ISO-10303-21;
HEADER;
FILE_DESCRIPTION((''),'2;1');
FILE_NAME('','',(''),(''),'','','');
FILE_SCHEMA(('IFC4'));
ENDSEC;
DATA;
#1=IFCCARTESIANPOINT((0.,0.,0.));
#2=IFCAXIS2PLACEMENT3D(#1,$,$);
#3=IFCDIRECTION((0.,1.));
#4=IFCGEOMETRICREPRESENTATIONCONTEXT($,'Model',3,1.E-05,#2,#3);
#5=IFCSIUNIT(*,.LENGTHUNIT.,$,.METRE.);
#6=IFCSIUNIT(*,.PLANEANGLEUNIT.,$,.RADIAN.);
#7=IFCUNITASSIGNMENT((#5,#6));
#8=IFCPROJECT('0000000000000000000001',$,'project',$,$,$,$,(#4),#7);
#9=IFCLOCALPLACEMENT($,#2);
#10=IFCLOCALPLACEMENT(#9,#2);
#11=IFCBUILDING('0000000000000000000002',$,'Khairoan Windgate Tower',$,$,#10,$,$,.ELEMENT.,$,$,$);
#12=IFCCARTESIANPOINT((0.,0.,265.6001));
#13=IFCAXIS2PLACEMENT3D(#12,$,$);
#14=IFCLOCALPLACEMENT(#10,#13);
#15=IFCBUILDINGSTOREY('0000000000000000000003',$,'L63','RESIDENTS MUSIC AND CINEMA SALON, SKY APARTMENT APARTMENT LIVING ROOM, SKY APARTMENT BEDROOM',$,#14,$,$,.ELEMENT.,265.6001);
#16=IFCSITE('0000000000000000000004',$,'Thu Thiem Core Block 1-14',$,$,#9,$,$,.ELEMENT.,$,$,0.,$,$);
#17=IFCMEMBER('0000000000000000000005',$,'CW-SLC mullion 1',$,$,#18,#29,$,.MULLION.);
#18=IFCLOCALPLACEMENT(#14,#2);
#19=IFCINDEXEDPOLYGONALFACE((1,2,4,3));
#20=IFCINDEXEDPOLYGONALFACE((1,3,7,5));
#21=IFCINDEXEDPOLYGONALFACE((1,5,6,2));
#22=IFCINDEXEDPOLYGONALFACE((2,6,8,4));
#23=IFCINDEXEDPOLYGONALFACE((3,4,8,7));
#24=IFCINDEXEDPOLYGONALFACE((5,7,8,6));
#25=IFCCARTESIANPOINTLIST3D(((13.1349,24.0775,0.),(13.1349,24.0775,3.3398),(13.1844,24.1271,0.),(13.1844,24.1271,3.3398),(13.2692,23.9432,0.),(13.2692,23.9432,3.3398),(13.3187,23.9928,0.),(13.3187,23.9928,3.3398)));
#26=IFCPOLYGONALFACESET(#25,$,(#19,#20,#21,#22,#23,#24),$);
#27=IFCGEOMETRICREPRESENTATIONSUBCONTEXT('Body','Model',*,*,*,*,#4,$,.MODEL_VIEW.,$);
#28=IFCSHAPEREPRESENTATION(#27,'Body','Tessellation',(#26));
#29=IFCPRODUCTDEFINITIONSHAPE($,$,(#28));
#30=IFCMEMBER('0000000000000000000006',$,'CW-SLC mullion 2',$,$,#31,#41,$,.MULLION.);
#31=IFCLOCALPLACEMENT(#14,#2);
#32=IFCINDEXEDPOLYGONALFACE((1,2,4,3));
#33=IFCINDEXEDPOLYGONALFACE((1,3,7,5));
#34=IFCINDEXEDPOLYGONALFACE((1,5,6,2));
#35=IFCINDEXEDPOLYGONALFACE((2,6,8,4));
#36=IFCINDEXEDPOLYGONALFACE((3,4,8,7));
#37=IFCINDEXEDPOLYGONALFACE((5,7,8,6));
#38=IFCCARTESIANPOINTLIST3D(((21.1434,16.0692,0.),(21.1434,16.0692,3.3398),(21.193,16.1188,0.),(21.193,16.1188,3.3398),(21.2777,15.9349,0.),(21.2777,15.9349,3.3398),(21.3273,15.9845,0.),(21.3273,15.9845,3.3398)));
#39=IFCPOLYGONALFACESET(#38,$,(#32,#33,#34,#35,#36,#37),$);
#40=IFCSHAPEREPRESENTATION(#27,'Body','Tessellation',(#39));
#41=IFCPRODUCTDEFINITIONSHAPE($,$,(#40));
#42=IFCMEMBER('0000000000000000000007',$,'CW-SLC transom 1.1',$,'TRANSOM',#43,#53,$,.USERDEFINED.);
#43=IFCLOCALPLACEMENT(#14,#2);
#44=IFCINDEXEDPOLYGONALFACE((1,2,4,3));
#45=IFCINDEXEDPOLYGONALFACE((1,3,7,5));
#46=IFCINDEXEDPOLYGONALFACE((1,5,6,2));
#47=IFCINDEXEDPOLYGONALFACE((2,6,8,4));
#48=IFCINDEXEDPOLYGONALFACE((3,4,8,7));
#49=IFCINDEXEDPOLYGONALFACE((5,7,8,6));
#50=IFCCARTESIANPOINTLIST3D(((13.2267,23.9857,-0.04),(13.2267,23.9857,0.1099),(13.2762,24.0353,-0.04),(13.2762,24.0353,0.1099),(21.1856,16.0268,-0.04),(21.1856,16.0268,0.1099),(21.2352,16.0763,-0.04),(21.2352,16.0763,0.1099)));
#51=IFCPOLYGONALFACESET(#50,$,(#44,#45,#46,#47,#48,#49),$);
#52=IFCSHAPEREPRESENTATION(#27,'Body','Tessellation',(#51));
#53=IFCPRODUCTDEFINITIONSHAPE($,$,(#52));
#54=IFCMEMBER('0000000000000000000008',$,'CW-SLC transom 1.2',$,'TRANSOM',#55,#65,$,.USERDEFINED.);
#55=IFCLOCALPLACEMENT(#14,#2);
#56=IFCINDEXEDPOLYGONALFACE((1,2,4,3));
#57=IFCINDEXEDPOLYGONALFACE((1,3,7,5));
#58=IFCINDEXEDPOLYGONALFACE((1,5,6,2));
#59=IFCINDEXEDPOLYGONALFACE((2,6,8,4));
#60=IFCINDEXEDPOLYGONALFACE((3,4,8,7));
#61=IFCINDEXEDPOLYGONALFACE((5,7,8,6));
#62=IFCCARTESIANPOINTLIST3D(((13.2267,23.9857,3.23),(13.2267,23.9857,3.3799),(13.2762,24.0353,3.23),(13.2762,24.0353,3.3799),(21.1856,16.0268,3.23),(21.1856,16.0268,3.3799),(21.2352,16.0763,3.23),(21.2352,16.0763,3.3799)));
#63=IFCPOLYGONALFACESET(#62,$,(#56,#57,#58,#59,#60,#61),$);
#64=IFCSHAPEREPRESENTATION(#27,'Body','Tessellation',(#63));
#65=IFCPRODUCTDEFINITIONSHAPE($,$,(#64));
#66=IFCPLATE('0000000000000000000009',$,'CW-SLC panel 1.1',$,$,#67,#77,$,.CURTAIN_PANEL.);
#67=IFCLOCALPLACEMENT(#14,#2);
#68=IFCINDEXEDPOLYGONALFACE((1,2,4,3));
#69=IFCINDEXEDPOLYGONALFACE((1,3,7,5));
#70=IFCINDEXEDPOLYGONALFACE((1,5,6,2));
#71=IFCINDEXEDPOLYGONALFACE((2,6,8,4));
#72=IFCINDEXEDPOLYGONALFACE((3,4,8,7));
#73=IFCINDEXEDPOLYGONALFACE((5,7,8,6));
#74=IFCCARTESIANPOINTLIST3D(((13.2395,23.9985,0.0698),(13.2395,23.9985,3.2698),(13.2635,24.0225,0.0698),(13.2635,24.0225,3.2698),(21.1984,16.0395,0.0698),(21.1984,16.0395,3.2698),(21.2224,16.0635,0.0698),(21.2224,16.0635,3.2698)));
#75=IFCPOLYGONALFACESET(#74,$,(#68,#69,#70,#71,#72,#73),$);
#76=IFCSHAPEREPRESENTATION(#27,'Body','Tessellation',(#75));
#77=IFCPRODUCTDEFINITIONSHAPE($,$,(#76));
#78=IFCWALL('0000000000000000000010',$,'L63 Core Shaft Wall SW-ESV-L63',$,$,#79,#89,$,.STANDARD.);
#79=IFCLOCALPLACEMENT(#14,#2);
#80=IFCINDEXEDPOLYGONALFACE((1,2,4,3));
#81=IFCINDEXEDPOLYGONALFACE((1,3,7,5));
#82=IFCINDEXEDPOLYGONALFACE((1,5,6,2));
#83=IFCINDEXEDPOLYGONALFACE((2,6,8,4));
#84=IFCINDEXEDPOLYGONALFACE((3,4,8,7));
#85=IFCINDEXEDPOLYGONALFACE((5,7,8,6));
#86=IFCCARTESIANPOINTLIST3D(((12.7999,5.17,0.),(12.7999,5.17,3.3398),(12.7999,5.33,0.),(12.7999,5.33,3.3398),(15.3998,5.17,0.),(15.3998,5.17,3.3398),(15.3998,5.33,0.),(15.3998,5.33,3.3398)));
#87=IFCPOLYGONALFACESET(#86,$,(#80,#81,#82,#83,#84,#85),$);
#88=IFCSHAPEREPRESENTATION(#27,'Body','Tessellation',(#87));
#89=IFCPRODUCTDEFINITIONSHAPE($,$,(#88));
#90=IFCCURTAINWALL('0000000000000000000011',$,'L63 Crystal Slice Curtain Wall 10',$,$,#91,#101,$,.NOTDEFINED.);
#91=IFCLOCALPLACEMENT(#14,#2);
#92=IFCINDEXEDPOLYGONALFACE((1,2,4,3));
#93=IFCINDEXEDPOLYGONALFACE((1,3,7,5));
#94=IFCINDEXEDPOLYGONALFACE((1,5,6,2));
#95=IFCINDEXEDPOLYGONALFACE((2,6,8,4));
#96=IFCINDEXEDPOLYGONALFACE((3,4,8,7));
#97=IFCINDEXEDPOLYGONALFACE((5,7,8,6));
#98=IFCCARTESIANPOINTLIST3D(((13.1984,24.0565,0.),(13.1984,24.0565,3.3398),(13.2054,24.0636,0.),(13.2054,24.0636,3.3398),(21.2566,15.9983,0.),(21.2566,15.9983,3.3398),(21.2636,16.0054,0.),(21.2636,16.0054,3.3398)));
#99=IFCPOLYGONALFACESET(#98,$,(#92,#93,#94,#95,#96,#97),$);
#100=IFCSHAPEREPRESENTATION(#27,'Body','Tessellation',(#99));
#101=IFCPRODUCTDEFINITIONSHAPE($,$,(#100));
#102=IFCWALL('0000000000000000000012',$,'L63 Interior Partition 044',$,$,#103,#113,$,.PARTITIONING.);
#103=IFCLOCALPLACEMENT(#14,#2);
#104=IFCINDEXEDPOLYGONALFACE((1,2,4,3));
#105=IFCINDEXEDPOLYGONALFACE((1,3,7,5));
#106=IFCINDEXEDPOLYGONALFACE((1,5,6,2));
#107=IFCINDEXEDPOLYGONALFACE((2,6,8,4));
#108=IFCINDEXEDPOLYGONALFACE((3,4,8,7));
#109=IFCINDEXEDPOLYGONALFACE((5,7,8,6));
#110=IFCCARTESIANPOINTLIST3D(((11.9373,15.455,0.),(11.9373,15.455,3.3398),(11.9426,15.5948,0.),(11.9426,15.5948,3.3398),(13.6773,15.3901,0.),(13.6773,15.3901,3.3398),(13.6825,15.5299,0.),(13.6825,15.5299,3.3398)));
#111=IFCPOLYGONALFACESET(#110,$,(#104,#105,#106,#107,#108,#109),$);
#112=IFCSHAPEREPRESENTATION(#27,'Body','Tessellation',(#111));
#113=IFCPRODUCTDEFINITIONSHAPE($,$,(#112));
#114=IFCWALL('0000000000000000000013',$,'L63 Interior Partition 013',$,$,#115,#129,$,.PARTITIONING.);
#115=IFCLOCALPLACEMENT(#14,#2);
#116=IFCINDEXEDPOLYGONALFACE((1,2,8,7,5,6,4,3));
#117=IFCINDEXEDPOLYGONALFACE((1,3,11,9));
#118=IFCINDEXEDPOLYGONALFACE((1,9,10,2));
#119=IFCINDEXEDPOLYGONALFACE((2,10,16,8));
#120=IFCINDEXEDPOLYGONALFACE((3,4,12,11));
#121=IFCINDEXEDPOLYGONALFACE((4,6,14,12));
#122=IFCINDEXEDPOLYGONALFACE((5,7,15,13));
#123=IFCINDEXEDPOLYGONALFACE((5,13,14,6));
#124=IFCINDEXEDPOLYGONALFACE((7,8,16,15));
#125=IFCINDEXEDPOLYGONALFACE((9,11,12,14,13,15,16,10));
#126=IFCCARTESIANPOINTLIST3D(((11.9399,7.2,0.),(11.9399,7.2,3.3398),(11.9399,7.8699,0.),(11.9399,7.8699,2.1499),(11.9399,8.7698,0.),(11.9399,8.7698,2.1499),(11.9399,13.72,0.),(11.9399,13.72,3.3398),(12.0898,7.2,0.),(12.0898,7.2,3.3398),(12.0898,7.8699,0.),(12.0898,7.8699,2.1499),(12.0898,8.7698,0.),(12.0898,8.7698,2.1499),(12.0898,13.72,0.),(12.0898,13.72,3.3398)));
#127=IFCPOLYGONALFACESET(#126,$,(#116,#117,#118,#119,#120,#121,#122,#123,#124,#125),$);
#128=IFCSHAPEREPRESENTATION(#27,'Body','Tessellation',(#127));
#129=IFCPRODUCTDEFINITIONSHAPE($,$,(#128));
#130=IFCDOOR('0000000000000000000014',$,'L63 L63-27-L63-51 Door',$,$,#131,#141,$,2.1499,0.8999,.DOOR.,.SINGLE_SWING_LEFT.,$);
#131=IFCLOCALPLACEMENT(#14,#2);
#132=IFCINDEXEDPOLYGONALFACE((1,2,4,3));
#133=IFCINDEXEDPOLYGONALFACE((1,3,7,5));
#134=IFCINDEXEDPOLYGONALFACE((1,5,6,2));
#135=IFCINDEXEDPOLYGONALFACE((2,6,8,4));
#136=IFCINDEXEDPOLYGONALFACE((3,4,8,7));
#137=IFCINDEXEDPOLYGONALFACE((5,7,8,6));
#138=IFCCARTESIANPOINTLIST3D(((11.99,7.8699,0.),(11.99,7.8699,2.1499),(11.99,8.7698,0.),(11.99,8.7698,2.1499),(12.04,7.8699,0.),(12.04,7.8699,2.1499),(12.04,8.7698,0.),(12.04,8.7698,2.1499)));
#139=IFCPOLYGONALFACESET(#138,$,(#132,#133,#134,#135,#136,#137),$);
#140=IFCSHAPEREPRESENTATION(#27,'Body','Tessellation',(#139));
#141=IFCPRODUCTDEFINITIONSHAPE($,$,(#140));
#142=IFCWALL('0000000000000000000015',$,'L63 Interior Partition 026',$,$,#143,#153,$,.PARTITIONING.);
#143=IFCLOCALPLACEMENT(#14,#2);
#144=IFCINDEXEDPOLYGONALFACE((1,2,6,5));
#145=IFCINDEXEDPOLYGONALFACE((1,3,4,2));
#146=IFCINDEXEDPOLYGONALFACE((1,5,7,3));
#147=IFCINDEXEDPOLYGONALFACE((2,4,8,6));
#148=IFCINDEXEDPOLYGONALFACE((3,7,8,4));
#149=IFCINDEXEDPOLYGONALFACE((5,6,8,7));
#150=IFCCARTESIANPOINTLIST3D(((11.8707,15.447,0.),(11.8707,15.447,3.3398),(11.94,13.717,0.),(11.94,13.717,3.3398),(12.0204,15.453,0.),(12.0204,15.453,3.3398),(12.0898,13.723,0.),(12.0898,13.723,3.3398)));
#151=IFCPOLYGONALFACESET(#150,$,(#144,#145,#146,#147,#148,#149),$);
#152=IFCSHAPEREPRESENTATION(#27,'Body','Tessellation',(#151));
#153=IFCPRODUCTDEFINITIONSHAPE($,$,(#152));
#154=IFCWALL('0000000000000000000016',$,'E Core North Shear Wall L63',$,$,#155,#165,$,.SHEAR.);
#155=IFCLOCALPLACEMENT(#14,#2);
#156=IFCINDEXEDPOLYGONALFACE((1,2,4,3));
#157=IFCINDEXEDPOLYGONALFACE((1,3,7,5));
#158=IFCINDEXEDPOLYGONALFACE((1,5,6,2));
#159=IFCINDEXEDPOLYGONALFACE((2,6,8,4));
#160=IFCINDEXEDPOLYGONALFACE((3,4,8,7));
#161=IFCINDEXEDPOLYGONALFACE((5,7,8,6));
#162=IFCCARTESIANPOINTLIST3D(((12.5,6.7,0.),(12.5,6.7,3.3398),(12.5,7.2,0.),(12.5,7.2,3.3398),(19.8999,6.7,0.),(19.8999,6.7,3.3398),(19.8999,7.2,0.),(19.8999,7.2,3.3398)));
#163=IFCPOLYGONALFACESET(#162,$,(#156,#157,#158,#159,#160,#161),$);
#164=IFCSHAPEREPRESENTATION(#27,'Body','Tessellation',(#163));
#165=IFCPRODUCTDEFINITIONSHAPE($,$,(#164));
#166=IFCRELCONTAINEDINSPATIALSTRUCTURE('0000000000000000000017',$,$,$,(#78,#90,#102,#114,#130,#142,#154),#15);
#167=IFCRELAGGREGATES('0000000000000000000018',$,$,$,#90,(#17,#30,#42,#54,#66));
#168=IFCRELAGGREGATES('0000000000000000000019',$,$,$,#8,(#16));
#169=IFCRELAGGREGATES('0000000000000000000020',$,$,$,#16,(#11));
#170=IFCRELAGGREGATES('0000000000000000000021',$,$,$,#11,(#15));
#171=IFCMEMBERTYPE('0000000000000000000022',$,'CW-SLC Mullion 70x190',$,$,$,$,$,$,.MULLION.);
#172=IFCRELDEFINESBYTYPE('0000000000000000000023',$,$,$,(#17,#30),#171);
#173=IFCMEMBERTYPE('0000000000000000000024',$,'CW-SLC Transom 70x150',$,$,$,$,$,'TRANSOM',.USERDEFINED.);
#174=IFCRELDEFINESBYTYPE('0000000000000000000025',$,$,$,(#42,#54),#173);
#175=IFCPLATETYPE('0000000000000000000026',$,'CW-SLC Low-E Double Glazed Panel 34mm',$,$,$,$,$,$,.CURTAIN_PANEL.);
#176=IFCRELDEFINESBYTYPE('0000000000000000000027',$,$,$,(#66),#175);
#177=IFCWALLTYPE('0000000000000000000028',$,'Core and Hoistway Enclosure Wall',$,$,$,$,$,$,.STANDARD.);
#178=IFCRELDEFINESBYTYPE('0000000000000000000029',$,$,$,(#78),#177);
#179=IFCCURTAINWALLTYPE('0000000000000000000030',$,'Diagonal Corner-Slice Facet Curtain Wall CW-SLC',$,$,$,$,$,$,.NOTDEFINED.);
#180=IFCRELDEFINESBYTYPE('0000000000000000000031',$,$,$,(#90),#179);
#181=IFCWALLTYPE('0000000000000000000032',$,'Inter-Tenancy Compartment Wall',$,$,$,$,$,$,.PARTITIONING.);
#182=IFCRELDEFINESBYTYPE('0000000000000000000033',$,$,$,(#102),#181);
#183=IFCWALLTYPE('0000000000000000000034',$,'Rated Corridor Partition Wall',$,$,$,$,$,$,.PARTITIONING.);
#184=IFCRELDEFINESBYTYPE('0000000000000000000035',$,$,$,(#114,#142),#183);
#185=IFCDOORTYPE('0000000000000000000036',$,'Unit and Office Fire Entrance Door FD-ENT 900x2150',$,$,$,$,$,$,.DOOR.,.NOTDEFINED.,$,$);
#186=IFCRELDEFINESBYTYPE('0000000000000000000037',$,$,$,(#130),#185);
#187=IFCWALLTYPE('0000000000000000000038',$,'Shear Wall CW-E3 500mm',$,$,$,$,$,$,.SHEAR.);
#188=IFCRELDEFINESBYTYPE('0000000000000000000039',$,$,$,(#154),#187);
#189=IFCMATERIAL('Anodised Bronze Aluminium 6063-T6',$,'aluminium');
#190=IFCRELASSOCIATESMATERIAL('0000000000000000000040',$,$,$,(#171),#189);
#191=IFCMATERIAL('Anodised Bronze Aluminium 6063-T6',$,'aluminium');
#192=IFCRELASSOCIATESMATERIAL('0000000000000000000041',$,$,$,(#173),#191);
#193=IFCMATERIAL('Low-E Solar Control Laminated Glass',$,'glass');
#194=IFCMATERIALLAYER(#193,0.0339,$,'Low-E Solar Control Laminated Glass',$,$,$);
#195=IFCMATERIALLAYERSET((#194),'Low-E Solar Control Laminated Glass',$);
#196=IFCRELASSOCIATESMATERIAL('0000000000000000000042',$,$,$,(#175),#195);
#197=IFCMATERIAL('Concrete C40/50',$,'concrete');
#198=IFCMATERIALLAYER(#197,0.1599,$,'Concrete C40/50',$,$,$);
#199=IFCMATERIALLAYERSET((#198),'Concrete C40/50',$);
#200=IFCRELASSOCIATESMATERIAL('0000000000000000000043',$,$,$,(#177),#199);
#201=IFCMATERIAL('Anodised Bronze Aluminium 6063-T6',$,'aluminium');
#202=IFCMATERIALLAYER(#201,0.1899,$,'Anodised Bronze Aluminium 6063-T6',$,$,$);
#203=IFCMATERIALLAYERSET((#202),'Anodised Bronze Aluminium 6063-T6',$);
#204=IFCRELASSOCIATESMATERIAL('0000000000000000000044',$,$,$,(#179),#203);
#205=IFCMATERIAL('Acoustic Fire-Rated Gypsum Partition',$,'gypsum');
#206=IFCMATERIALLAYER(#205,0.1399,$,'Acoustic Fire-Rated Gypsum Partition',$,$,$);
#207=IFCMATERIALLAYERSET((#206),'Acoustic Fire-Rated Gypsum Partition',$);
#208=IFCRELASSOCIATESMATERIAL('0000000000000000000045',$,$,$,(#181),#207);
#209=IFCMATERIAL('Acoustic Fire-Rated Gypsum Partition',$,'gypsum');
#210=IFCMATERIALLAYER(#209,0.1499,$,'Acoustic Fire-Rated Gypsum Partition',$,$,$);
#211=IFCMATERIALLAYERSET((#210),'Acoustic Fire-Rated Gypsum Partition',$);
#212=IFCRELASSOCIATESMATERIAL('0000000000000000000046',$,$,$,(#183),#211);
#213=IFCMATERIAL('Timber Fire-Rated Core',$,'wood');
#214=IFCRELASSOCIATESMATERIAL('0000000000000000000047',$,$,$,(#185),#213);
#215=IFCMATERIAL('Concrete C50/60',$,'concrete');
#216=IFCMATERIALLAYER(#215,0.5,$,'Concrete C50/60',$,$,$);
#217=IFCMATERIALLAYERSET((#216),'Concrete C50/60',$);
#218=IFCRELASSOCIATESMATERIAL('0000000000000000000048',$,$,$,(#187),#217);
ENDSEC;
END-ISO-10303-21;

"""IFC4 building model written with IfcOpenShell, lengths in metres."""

from ifc_helpers import new_model, si_unit, direction, frame, frame_2d, origin, origin_2d, place, context, subcontext, project, spatial, rectangle, extrude, material, layer, layer_set, material_profile, profile_set, type_object, element, fill, aggregate, save


model = new_model("IFC4")

# Units and contexts
model_context = context("Model", 3, precision=1e-05, world=origin(), true_north=direction((0.0, 1.0)))
body_context = subcontext(model_context, "Body", "Model", "MODEL_VIEW")
ifc_project = project(units=[si_unit("LENGTHUNIT", "METRE"), si_unit("PLANEANGLEUNIT", "RADIAN")], contexts=[model_context])

# Site, building, storey
site_placement = place(None, origin())
site = spatial("IfcSite", under=ifc_project, at=site_placement, Name="Thu Thiem Core Block 1-14", CompositionType="ELEMENT", RefElevation=0.0)
building_placement = place(site_placement, origin())
building = spatial("IfcBuilding", under=site, at=building_placement, Name="Khairoan Windgate Tower", CompositionType="ELEMENT")
storey_placement = place(building_placement, frame((0.0, 0.0, 265.6001)))
storey = spatial("IfcBuildingStorey", under=building, at=storey_placement, Name="L63", Description="RESIDENTS MUSIC AND CINEMA SALON, SKY APARTMENT APARTMENT LIVING ROOM, SKY APARTMENT BEDROOM", CompositionType="ELEMENT", Elevation=265.6001)

# Members
ifc_material_1 = material(Name="Anodised Bronze Aluminium 6063-T6", Category="aluminium")
ifc_material_profile_1 = material_profile(ifc_material_1, rectangle(XDim=0.0701, YDim=0.1899, at=origin_2d()))
ifc_profile_set_1 = profile_set([ifc_material_profile_1], Name="Anodised Bronze Aluminium 6063-T6")
member_type_1 = type_object("IfcMemberType", Name="CW-SLC Mullion 70x190", PredefinedType="MULLION", material=ifc_profile_set_1)
member_1_placement = place(storey_placement, frame((13.2268, 24.0352, 0.0), z_axis=(0.0, 0.0, 1.0), x_axis=(0.707107, 0.707107, 0.0)))
member_1 = element("IfcMember", 1, at=member_1_placement, type_object=member_type_1, Name="CW-SLC mullion 1", PredefinedType="MULLION", context=body_context, shape_type="SweptSolid", body=[
    extrude(rectangle(XDim=0.0701, YDim=0.1899, at=origin_2d()), origin(), (0.0, 0.0, 1.0), 3.3398),
])
member_2_placement = place(storey_placement, frame((21.2354, 16.0269, 0.0), z_axis=(0.0, 0.0, 1.0), x_axis=(0.707107, 0.707107, 0.0)))
member_2 = element("IfcMember", 2, at=member_2_placement, type_object=member_type_1, Name="CW-SLC mullion 2", PredefinedType="MULLION", context=body_context, shape_type="SweptSolid", body=[
    extrude(rectangle(XDim=0.0701, YDim=0.1899, at=origin_2d()), origin(), (0.0, 0.0, 1.0), 3.3398),
])
ifc_material_2 = material(Name="Anodised Bronze Aluminium 6063-T6", Category="aluminium")
ifc_material_profile_2 = material_profile(ifc_material_2, rectangle(XDim=0.0701, YDim=0.1499, at=origin_2d()))
ifc_profile_set_2 = profile_set([ifc_material_profile_2], Name="Anodised Bronze Aluminium 6063-T6")
member_type_2 = type_object("IfcMemberType", Name="CW-SLC Transom 70x150", ElementType="TRANSOM", PredefinedType="USERDEFINED", material=ifc_profile_set_2)
member_3_placement = place(storey_placement, frame((13.2515, 24.0105, 0.0349), z_axis=(0.707107, -0.707107, 0.0), x_axis=(0.707107, 0.707107, 0.0)))
member_3 = element("IfcMember", 3, at=member_3_placement, type_object=member_type_2, Name="CW-SLC transom 1.1", ObjectType="TRANSOM", PredefinedType="USERDEFINED", context=body_context, shape_type="SweptSolid", body=[
    extrude(rectangle(XDim=0.0701, YDim=0.1499, at=origin_2d()), origin(), (0.0, 0.0, 1.0), 11.2556),
])
member_4_placement = place(storey_placement, frame((13.2515, 24.0105, 3.3049), z_axis=(0.707107, -0.707107, 0.0), x_axis=(0.707107, 0.707107, 0.0)))
member_4 = element("IfcMember", 4, at=member_4_placement, type_object=member_type_2, Name="CW-SLC transom 1.2", ObjectType="TRANSOM", PredefinedType="USERDEFINED", context=body_context, shape_type="SweptSolid", body=[
    extrude(rectangle(XDim=0.0701, YDim=0.1499, at=origin_2d()), origin(), (0.0, 0.0, 1.0), 11.2556),
])

# Plate
ifc_material_3 = material(Name="Low-E Solar Control Laminated Glass", Category="glass")
ifc_layer_1 = layer(ifc_material_3, 0.0339, Name="Low-E Solar Control Laminated Glass")
ifc_layer_set_1 = layer_set([ifc_layer_1], Name="Low-E Solar Control Laminated Glass")
plate_type_1 = type_object("IfcPlateType", Name="CW-SLC Low-E Double Glazed Panel 34mm", PredefinedType="CURTAIN_PANEL", material=ifc_layer_set_1)
plate_1_placement = place(storey_placement, frame((17.231, 20.031, 0.0698), z_axis=(0.0, 0.0, 1.0), x_axis=(0.707107, -0.707107, 0.0)))
plate_1 = element("IfcPlate", 5, at=plate_1_placement, type_object=plate_type_1, Name="CW-SLC panel 1.1", PredefinedType="CURTAIN_PANEL", context=body_context, shape_type="SweptSolid", body=[
    extrude(rectangle(XDim=11.2556, YDim=0.0339, at=origin_2d()), origin(), (0.0, 0.0, 1.0), 3.2),
])

# Wall
ifc_material_4 = material(Name="Concrete C40/50", Category="concrete")
ifc_layer_2 = layer(ifc_material_4, 0.1599, Name="Concrete C40/50")
ifc_layer_set_2 = layer_set([ifc_layer_2], Name="Concrete C40/50")
wall_type_1 = type_object("IfcWallType", Name="Core and Hoistway Enclosure Wall", PredefinedType="STANDARD", material=ifc_layer_set_2)
wall_1_placement = place(storey_placement, frame((12.8, 5.25, 0.0), z_axis=(0.0, 0.0, 1.0), x_axis=(1.0, 0.0, 0.0)))
element("IfcWall", 6, at=wall_1_placement, inside=storey, type_object=wall_type_1, Name="L63 Core Shaft Wall SW-ESV-L63", PredefinedType="STANDARD", context=body_context, shape_type="SweptSolid", body=[
    extrude(rectangle(XDim=2.5999, YDim=0.1599, at=frame_2d((1.2998, 0.0))), origin(), (0.0, 0.0, 1.0), 3.3398),
])

# Curtain wall
ifc_material_5 = material(Name="Anodised Bronze Aluminium 6063-T6", Category="aluminium")
ifc_layer_3 = layer(ifc_material_5, 0.1899, Name="Anodised Bronze Aluminium 6063-T6")
ifc_layer_set_3 = layer_set([ifc_layer_3], Name="Anodised Bronze Aluminium 6063-T6")
curtain_wall_type_1 = type_object("IfcCurtainWallType", Name="Diagonal Corner-Slice Facet Curtain Wall CW-SLC", PredefinedType="NOTDEFINED", material=ifc_layer_set_3)
curtain_wall_1_placement = place(storey_placement, frame((13.2019, 24.0601, 0.0), z_axis=(0.0, 0.0, 1.0), x_axis=(0.707107, -0.707107, 0.0)))
curtain_wall_1 = element("IfcCurtainWall", 7, at=curtain_wall_1_placement, inside=storey, type_object=curtain_wall_type_1, Name="L63 Crystal Slice Curtain Wall 10", PredefinedType="NOTDEFINED", context=body_context, shape_type="SweptSolid", body=[
    extrude(rectangle(XDim=11.396, YDim=0.01, at=frame_2d((5.698, 0.0))), origin(), (0.0, 0.0, 1.0), 3.3398),
])
aggregate(curtain_wall_1, [member_1, member_2, member_3, member_4, plate_1])

# Wall
ifc_material_6 = material(Name="Acoustic Fire-Rated Gypsum Partition", Category="gypsum")
ifc_layer_4 = layer(ifc_material_6, 0.1399, Name="Acoustic Fire-Rated Gypsum Partition")
ifc_layer_set_4 = layer_set([ifc_layer_4], Name="Acoustic Fire-Rated Gypsum Partition")
wall_type_2 = type_object("IfcWallType", Name="Inter-Tenancy Compartment Wall", PredefinedType="PARTITIONING", material=ifc_layer_set_4)
wall_2_placement = place(storey_placement, frame((11.9399, 15.5249, 0.0), z_axis=(0.0, 0.0, 1.0), x_axis=(0.999304, -0.037297, 0.0)))
element("IfcWall", 8, at=wall_2_placement, inside=storey, type_object=wall_type_2, Name="L63 Interior Partition 044", PredefinedType="PARTITIONING", context=body_context, shape_type="SweptSolid", body=[
    extrude(rectangle(XDim=1.7412, YDim=0.1399, at=frame_2d((0.8706, 0.0))), origin(), (0.0, 0.0, 1.0), 3.3398),
])

# Wall, opening, door
ifc_material_7 = material(Name="Acoustic Fire-Rated Gypsum Partition", Category="gypsum")
ifc_layer_5 = layer(ifc_material_7, 0.1499, Name="Acoustic Fire-Rated Gypsum Partition")
ifc_layer_set_5 = layer_set([ifc_layer_5], Name="Acoustic Fire-Rated Gypsum Partition")
wall_type_3 = type_object("IfcWallType", Name="Rated Corridor Partition Wall", PredefinedType="PARTITIONING", material=ifc_layer_set_5)
wall_3_placement = place(storey_placement, frame((12.0149, 7.2, 0.0), z_axis=(0.0, 0.0, 1.0), x_axis=(0.0, 1.0, 0.0)))
wall_3 = element("IfcWall", 9, at=wall_3_placement, inside=storey, type_object=wall_type_3, Name="L63 Interior Partition 013", PredefinedType="PARTITIONING", context=body_context, shape_type="SweptSolid", body=[
    extrude(rectangle(XDim=6.52, YDim=0.1499, at=frame_2d((3.26, 0.0))), origin(), (0.0, 0.0, 1.0), 3.3398),
])
opening_placement = place(wall_3_placement, frame((0.6699, 0.0, 0.0)))
opening = element("IfcOpeningElement", 10, at=opening_placement, cuts=wall_3, PredefinedType="OPENING", context=body_context, shape_type="SweptSolid", body=[
    extrude(rectangle(XDim=0.8999, YDim=2.1499, at=frame_2d((0.45, 1.075))), frame((0.0, 0.085, 0.0), z_axis=(0.0, -1.0, 0.0), x_axis=(1.0, 0.0, 0.0)), (0.0, 0.0, 1.0), 0.1699),
])
ifc_material_8 = material(Name="Timber Fire-Rated Core", Category="wood")
door_type = type_object("IfcDoorType", Name="Unit and Office Fire Entrance Door FD-ENT 900x2150", OperationType="NOTDEFINED", PredefinedType="DOOR", material=ifc_material_8)
door_placement = place(opening_placement, origin())
door = element("IfcDoor", 11, at=door_placement, inside=storey, type_object=door_type, Name="L63 L63-27-L63-51 Door", OperationType="SINGLE_SWING_LEFT", OverallHeight=2.1499, OverallWidth=0.8999, PredefinedType="DOOR", context=body_context, shape_type="SweptSolid", body=[
    extrude(rectangle(XDim=0.8999, YDim=2.1499, at=frame_2d((0.45, 1.075))), frame((0.0, 0.0249, 0.0), z_axis=(0.0, -1.0, 0.0), x_axis=(1.0, 0.0, 0.0)), (0.0, 0.0, 1.0), 0.05),
])
fill(opening, door)

# Walls
wall_4_placement = place(storey_placement, frame((12.0149, 13.72, 0.0), z_axis=(0.0, 0.0, 1.0), x_axis=(-0.040047, 0.999198, 0.0)))
element("IfcWall", 12, at=wall_4_placement, inside=storey, type_object=wall_type_3, Name="L63 Interior Partition 026", PredefinedType="PARTITIONING", context=body_context, shape_type="SweptSolid", body=[
    extrude(rectangle(XDim=1.7314, YDim=0.1499, at=frame_2d((0.8657, 0.0))), origin(), (0.0, 0.0, 1.0), 3.3398),
])
ifc_material_9 = material(Name="Concrete C50/60", Category="concrete")
ifc_layer_6 = layer(ifc_material_9, 0.5, Name="Concrete C50/60")
ifc_layer_set_6 = layer_set([ifc_layer_6], Name="Concrete C50/60")
wall_type_4 = type_object("IfcWallType", Name="Shear Wall CW-E3 500mm", PredefinedType="SHEAR", material=ifc_layer_set_6)
wall_5_placement = place(storey_placement, frame((12.5, 6.95, 0.0), z_axis=(0.0, 0.0, 1.0), x_axis=(1.0, 0.0, 0.0)))
element("IfcWall", 13, at=wall_5_placement, inside=storey, type_object=wall_type_4, Name="E Core North Shear Wall L63", PredefinedType="SHEAR", context=body_context, shape_type="SweptSolid", body=[
    extrude(rectangle(XDim=7.3999, YDim=0.5, at=frame_2d((3.7, 0.0))), origin(), (0.0, 0.0, 1.0), 3.3398),
])

save(model, "model.ifc")
